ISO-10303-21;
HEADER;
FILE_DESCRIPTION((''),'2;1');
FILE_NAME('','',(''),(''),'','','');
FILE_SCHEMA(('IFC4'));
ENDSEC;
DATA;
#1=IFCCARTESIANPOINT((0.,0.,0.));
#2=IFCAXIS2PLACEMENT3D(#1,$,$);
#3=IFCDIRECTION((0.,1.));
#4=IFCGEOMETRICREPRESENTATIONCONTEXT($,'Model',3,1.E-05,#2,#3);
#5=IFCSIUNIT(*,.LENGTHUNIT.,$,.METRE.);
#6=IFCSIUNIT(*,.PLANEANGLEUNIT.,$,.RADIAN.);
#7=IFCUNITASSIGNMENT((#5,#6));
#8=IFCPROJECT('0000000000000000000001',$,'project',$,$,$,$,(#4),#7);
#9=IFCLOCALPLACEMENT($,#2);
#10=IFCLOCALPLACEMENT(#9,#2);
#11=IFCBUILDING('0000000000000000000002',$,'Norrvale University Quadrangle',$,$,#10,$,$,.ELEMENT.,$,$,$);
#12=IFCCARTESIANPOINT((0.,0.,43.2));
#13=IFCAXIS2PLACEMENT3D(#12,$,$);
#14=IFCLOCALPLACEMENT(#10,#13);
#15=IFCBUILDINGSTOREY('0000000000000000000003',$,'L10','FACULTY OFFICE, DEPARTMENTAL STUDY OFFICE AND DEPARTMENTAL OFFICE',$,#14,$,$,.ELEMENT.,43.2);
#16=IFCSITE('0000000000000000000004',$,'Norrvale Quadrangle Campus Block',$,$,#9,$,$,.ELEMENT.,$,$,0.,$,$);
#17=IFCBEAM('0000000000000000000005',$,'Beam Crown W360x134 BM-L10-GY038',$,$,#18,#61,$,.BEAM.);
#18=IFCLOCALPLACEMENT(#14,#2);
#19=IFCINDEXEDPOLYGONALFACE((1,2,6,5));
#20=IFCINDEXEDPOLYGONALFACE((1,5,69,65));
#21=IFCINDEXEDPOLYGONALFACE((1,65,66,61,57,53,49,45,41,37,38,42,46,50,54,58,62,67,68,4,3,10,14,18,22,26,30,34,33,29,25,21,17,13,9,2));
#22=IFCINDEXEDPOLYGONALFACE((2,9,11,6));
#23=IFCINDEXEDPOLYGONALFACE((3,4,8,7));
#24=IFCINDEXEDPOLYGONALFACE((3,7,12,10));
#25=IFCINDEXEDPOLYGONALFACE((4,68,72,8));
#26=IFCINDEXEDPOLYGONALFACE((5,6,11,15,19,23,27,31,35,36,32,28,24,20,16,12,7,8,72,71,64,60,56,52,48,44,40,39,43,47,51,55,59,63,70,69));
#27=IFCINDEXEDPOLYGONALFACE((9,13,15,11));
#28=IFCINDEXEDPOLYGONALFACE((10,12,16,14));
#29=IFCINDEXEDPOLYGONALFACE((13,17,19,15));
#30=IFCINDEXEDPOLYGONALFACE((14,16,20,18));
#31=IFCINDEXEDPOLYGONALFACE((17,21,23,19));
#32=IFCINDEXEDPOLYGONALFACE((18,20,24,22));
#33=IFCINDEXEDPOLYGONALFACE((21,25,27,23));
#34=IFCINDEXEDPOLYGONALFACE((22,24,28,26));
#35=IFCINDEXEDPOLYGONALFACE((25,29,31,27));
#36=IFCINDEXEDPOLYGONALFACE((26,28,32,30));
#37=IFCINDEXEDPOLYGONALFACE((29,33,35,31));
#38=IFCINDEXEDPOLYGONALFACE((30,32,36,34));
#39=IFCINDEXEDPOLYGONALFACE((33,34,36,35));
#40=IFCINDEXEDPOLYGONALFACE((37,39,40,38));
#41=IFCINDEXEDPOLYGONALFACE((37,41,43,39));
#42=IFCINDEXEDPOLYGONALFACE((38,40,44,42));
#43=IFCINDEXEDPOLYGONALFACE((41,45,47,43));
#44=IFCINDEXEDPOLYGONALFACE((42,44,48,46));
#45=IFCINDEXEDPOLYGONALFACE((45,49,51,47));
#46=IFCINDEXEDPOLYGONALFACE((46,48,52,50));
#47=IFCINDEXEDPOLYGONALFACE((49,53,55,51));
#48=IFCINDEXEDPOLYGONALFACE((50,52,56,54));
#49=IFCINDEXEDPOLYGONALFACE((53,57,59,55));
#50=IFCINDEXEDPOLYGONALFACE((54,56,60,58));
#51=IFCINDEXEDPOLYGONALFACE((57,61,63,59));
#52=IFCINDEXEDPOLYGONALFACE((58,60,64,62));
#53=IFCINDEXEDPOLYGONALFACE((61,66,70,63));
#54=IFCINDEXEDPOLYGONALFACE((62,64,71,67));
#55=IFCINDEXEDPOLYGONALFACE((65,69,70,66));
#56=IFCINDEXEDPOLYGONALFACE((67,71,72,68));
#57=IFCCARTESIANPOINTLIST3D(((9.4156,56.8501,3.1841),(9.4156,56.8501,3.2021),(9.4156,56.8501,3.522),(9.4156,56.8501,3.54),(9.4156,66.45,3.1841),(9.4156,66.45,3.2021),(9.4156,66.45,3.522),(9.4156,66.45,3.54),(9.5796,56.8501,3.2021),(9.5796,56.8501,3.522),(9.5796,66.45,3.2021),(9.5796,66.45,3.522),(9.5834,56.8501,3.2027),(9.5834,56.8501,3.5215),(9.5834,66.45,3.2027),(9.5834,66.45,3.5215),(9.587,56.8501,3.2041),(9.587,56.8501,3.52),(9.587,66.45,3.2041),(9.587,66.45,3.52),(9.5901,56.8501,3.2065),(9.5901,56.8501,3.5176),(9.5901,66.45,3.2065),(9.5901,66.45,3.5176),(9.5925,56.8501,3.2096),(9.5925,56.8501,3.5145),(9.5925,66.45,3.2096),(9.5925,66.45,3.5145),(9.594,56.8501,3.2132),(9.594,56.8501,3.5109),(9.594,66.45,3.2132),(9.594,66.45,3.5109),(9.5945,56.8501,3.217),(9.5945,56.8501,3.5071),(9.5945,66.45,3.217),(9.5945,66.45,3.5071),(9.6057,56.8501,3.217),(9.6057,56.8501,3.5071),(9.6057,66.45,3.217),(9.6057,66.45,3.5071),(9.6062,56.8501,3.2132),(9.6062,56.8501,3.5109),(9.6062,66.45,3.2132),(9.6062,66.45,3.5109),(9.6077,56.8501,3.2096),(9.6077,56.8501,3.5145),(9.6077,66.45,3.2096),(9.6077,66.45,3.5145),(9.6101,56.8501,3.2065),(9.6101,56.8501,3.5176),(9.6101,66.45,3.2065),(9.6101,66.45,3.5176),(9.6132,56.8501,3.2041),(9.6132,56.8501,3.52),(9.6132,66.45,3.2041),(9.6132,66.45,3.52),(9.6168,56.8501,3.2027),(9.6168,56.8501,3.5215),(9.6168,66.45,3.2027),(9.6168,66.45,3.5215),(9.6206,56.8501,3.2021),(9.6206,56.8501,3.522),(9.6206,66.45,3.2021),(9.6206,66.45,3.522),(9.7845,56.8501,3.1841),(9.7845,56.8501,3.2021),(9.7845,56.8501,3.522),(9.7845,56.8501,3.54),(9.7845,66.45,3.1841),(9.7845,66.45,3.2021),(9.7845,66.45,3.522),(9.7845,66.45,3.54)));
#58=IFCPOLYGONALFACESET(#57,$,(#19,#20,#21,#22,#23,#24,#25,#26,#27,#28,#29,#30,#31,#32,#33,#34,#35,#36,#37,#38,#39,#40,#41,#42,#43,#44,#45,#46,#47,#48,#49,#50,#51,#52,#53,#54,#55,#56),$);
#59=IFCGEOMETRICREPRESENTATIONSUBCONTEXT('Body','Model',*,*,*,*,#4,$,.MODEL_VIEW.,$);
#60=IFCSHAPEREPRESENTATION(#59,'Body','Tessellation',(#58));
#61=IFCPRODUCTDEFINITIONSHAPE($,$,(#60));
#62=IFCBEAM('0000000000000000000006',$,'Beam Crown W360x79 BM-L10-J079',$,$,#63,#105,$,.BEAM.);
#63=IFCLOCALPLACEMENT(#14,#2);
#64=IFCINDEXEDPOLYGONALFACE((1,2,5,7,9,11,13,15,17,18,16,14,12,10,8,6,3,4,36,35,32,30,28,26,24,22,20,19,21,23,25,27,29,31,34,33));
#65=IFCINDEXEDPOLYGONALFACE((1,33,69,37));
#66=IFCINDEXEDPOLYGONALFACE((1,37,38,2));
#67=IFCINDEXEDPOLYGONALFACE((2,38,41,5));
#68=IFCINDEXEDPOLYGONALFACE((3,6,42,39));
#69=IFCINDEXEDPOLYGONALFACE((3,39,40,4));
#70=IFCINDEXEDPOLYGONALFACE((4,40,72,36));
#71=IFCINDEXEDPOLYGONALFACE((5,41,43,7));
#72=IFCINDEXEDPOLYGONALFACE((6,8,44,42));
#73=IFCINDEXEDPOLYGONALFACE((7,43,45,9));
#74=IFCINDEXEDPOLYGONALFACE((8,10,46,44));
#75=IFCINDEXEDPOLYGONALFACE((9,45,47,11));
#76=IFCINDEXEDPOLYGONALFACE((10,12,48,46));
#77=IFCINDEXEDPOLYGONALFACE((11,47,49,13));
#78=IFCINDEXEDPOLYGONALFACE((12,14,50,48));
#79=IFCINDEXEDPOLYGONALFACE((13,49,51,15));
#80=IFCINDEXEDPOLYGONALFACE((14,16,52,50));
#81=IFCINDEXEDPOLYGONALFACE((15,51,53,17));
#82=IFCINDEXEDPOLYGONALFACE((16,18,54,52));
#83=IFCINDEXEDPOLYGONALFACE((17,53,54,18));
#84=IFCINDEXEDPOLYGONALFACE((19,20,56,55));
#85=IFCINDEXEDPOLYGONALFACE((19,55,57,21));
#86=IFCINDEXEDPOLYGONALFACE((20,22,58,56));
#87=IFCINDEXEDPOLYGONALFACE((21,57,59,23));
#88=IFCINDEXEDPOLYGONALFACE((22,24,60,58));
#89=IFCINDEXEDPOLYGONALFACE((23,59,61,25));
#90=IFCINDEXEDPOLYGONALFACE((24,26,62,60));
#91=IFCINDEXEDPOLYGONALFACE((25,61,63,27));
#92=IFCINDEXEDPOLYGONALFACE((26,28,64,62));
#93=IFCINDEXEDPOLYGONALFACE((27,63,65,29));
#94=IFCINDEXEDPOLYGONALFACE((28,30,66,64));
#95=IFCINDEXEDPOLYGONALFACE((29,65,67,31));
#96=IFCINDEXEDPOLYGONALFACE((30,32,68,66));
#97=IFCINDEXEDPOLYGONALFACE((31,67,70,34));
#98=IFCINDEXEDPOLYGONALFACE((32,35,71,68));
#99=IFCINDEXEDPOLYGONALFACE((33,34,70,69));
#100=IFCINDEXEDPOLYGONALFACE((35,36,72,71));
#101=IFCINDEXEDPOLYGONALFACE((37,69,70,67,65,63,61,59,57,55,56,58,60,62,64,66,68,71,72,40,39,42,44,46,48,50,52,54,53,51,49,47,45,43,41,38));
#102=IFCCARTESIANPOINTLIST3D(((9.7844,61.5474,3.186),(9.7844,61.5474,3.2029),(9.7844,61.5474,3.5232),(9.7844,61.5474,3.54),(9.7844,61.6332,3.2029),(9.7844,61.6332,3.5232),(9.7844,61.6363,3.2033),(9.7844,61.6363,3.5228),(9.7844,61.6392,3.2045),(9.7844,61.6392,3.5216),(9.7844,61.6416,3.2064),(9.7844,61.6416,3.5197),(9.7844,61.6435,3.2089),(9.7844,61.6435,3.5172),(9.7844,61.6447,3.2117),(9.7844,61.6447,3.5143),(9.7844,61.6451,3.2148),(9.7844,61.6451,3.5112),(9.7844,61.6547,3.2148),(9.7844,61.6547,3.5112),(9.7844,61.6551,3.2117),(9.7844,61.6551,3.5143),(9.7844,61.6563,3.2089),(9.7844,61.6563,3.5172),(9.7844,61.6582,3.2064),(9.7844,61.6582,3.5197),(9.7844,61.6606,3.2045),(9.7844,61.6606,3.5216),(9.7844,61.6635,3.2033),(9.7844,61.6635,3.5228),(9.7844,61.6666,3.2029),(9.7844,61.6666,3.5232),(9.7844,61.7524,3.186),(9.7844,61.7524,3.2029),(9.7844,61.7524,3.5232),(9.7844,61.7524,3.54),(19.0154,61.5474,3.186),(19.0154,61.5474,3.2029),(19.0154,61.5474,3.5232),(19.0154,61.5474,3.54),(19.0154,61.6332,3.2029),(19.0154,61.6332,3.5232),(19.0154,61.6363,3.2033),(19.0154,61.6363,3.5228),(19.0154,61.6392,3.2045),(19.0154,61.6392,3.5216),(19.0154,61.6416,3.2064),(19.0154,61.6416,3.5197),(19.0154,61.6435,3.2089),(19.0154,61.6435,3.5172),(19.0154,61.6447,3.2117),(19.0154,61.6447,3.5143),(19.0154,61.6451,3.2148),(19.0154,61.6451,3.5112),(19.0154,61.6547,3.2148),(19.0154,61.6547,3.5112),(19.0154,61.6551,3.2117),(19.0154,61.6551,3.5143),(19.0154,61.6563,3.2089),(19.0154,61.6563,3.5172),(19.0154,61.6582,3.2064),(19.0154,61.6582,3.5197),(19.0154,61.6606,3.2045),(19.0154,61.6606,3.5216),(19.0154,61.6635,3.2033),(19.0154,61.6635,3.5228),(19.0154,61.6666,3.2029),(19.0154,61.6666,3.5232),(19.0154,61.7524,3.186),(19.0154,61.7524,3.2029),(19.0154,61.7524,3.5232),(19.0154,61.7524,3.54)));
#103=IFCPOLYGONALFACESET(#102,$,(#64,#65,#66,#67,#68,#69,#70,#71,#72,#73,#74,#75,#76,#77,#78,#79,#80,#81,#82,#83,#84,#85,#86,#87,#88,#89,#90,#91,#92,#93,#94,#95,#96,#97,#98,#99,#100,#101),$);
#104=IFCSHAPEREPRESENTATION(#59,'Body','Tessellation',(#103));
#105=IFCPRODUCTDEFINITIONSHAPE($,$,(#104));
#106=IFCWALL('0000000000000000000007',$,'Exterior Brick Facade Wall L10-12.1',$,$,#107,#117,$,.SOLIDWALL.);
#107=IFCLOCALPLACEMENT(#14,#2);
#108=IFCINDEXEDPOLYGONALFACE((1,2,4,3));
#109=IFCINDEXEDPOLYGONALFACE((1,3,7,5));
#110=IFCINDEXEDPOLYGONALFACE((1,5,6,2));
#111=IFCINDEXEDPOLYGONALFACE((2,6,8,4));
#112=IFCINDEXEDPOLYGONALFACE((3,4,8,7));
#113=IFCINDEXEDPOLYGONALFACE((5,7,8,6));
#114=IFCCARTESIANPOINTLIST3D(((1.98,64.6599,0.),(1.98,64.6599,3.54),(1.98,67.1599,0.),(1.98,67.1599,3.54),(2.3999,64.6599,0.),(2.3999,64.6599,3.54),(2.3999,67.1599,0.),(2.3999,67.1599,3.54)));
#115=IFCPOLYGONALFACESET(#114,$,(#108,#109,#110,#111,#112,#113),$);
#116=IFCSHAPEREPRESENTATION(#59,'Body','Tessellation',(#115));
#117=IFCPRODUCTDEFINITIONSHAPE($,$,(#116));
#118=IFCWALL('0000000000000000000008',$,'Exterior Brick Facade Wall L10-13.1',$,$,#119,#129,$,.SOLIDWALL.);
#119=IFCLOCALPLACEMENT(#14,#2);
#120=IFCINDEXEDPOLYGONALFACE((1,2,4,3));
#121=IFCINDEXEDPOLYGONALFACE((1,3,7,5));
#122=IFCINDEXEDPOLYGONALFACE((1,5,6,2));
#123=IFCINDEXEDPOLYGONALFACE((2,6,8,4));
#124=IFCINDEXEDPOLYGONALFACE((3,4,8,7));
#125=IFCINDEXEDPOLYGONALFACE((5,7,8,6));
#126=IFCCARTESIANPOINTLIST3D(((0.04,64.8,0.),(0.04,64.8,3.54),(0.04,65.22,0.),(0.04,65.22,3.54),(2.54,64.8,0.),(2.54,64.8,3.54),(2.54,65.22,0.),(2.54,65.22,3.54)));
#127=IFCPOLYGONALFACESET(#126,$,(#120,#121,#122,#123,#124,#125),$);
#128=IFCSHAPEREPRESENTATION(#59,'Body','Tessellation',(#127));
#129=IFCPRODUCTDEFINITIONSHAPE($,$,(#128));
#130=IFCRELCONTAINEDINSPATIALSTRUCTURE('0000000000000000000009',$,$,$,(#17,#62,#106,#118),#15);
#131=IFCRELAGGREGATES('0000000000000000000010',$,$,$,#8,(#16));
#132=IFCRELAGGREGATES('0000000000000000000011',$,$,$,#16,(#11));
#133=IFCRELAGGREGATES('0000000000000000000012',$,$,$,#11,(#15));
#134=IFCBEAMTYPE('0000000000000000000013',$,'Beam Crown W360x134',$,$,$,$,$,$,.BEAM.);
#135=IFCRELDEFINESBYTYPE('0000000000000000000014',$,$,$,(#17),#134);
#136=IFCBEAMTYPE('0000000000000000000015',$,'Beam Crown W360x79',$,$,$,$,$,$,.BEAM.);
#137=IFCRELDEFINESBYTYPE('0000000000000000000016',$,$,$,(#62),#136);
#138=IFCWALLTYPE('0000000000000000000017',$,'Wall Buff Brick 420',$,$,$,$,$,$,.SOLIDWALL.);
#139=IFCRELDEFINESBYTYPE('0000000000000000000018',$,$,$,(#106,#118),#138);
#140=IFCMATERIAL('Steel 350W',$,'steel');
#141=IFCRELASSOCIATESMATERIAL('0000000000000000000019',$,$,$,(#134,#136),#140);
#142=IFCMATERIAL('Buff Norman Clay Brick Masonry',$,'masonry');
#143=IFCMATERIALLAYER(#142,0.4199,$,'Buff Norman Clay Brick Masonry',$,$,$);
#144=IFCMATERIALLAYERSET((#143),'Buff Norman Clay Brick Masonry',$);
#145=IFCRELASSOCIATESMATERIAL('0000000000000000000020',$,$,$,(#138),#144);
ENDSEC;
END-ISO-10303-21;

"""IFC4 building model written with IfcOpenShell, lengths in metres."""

from ifc_helpers import new_model, si_unit, direction, frame, frame_2d, origin, origin_2d, place, context, subcontext, project, spatial, rectangle, i_section, extrude, material, layer, layer_set, material_profile, profile_set, type_object, element, save


model = new_model("IFC4")

# Units and contexts
model_context = context("Model", 3, precision=1e-05, world=origin(), true_north=direction((0.0, 1.0)))
body_context = subcontext(model_context, "Body", "Model", "MODEL_VIEW")
ifc_project = project(units=[si_unit("LENGTHUNIT", "METRE"), si_unit("PLANEANGLEUNIT", "RADIAN")], contexts=[model_context])

# Site, building, storey
site_placement = place(None, origin())
site = spatial("IfcSite", under=ifc_project, at=site_placement, Name="Norrvale Quadrangle Campus Block", CompositionType="ELEMENT", RefElevation=0.0)
building_placement = place(site_placement, origin())
building = spatial("IfcBuilding", under=site, at=building_placement, Name="Norrvale University Quadrangle", CompositionType="ELEMENT")
storey_placement = place(building_placement, frame((0.0, 0.0, 43.2)))
storey = spatial("IfcBuildingStorey", under=building, at=storey_placement, Name="L10", Description="FACULTY OFFICE, DEPARTMENTAL STUDY OFFICE AND DEPARTMENTAL OFFICE", CompositionType="ELEMENT", Elevation=43.2)

# Beams
ifc_material_1 = material(Name="Steel 350W", Category="steel")
ifc_material_profile_1 = material_profile(ifc_material_1, i_section(OverallWidth=0.3689, OverallDepth=0.356, WebThickness=0.0112, FlangeThickness=0.0181, FilletRadius=0.0149, at=origin_2d()), Name="Steel 350W")
ifc_profile_set_1 = profile_set([ifc_material_profile_1], Name="Steel 350W")
beam_type_1 = type_object("IfcBeamType", Name="Beam Crown W360x134", PredefinedType="BEAM", material=ifc_profile_set_1)
for number, where, z_axis, x_axis, name in (
    (1, (9.6001, 56.8501, 3.3621), (0.0, 1.0, 0.0), (-1.0, 0.0, 0.0), "Beam Crown W360x134 BM-L10-GY038"),
):
    element("IfcBeam", number, at=place(storey_placement, frame(where, z_axis=z_axis, x_axis=x_axis)), inside=storey, type_object=beam_type_1, Name=name, PredefinedType="BEAM", context=body_context, shape_type="SweptSolid", body=[
        extrude(i_section(OverallWidth=0.3689, OverallDepth=0.356, WebThickness=0.0112, FlangeThickness=0.0181, FilletRadius=0.0149, at=origin_2d()), origin(), (0.0, 0.0, 1.0), 9.5999),
    ])
ifc_material_profile_2 = material_profile(ifc_material_1, i_section(OverallWidth=0.2051, OverallDepth=0.354, WebThickness=0.0095, FlangeThickness=0.0168, FilletRadius=0.012, at=origin_2d()), Name="Steel 350W")
ifc_profile_set_2 = profile_set([ifc_material_profile_2], Name="Steel 350W")
beam_type_2 = type_object("IfcBeamType", Name="Beam Crown W360x79", PredefinedType="BEAM", material=ifc_profile_set_2)
beam_1_placement = place(storey_placement, frame((9.7844, 61.6499, 3.363), z_axis=(1.0, 0.0, 0.0), x_axis=(0.0, 1.0, 0.0)))
element("IfcBeam", 2, at=beam_1_placement, inside=storey, type_object=beam_type_2, Name="Beam Crown W360x79 BM-L10-J079", PredefinedType="BEAM", context=body_context, shape_type="SweptSolid", body=[
    extrude(i_section(OverallWidth=0.2051, OverallDepth=0.354, WebThickness=0.0095, FlangeThickness=0.0168, FilletRadius=0.012, at=origin_2d()), origin(), (0.0, 0.0, 1.0), 9.231),
])

# Walls
ifc_material_2 = material(Name="Buff Norman Clay Brick Masonry", Category="masonry")
ifc_layer = layer(ifc_material_2, 0.4199, Name="Buff Norman Clay Brick Masonry")
ifc_layer_set = layer_set([ifc_layer], Name="Buff Norman Clay Brick Masonry")
wall_type = type_object("IfcWallType", Name="Wall Buff Brick 420", PredefinedType="SOLIDWALL", material=ifc_layer_set)
for number, where, z_axis, x_axis, name in (
    (3, (2.1899, 67.1599, 0.0), (0.0, 0.0, 1.0), (0.0, -1.0, 0.0), "Exterior Brick Facade Wall L10-12.1"),
    (4, (2.54, 65.01, 0.0), (0.0, 0.0, 1.0), (-1.0, 0.0, 0.0), "Exterior Brick Facade Wall L10-13.1"),
):
    element("IfcWall", number, at=place(storey_placement, frame(where, z_axis=z_axis, x_axis=x_axis)), inside=storey, type_object=wall_type, Name=name, PredefinedType="SOLIDWALL", context=body_context, shape_type="SweptSolid", body=[
        extrude(rectangle(XDim=2.5, YDim=0.4199, at=frame_2d((1.25, 0.0))), origin(), (0.0, 0.0, 1.0), 3.54),
    ])

save(model, "model.ifc")
